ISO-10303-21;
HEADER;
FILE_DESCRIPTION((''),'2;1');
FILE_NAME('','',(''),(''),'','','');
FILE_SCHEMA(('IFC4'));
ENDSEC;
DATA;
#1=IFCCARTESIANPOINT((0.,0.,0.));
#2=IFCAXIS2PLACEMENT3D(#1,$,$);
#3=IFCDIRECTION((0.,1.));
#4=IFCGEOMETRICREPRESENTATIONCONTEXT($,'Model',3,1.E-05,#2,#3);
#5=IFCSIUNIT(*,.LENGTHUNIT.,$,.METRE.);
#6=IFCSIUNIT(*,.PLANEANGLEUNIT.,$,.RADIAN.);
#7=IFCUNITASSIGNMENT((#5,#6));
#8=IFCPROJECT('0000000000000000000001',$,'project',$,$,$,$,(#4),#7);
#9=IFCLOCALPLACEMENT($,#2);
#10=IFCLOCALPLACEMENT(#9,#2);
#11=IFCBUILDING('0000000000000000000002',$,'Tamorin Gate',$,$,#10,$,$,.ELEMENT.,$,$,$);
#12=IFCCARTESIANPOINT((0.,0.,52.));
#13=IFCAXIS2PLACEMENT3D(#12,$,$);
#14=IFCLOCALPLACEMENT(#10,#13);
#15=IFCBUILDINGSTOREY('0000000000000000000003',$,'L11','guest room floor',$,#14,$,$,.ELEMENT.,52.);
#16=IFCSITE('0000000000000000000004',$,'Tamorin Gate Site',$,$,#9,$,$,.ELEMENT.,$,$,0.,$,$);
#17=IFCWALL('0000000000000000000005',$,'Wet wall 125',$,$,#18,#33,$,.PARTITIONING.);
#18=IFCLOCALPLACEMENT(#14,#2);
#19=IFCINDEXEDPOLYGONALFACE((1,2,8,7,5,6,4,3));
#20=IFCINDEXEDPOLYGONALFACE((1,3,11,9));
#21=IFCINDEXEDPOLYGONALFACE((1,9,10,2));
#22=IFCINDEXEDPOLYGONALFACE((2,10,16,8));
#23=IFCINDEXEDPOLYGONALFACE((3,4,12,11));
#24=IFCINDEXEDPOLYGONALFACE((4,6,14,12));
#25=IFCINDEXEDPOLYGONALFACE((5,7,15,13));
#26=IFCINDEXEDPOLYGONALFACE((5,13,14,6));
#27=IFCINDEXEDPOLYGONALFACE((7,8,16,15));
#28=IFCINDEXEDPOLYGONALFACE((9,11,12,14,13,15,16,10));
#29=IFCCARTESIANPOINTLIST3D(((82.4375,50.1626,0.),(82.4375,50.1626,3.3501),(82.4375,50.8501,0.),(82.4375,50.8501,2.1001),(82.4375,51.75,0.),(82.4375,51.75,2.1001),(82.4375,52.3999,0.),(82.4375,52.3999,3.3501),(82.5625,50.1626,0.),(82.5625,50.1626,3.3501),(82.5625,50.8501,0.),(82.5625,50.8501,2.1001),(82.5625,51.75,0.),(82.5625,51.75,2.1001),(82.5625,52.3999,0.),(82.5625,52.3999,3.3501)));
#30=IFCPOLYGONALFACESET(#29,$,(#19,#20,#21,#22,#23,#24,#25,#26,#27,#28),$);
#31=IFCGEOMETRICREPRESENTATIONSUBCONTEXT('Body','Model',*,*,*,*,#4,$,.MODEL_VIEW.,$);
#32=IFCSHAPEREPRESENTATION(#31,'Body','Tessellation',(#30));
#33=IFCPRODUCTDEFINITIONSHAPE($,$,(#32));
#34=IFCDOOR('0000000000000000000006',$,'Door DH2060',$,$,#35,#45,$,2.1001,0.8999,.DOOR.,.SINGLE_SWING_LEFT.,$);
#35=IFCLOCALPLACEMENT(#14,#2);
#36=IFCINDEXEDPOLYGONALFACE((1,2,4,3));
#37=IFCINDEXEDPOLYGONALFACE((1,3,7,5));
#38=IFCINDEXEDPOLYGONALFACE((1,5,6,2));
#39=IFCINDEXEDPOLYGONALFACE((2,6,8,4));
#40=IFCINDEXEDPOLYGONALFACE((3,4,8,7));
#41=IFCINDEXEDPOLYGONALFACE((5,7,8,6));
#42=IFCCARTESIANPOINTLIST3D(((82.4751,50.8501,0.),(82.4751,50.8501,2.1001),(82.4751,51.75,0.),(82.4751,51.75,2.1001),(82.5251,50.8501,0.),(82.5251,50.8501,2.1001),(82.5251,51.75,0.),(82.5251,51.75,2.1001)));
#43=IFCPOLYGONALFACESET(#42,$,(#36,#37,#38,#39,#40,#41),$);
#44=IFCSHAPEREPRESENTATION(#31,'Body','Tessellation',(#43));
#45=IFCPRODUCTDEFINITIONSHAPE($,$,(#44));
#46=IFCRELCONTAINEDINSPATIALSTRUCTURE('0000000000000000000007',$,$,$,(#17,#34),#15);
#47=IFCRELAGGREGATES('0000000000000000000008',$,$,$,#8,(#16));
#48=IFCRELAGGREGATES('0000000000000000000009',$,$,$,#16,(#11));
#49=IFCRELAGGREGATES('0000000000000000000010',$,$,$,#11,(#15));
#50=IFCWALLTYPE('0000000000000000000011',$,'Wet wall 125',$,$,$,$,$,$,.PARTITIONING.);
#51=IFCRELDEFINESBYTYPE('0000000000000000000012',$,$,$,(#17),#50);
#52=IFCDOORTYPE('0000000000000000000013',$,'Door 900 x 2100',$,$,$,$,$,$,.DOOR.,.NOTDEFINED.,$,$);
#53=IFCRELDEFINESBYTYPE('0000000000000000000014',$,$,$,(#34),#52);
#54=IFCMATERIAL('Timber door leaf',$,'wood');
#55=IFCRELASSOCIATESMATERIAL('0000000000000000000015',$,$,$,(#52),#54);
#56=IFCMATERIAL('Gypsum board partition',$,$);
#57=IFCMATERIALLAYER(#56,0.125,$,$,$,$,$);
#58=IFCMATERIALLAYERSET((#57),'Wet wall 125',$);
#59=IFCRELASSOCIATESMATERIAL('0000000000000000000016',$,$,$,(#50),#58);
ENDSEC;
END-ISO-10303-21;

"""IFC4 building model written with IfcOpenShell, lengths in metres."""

from ifc_helpers import new_model, si_unit, direction, frame, frame_2d, origin, place, context, subcontext, project, spatial, rectangle, extrude, material, layer, layer_set, type_object, element, fill, save


model = new_model("IFC4")

# Units and contexts
model_context = context("Model", 3, precision=1e-05, world=origin(), true_north=direction((0.0, 1.0)))
body_context = subcontext(model_context, "Body", "Model", "MODEL_VIEW")
ifc_project = project(units=[si_unit("LENGTHUNIT", "METRE"), si_unit("PLANEANGLEUNIT", "RADIAN")], contexts=[model_context])

# Site, building, storey
site_placement = place(None, origin())
site = spatial("IfcSite", under=ifc_project, at=site_placement, Name="Tamorin Gate Site", CompositionType="ELEMENT", RefElevation=0.0)
building_placement = place(site_placement, origin())
building = spatial("IfcBuilding", under=site, at=building_placement, Name="Tamorin Gate", CompositionType="ELEMENT")
storey_placement = place(building_placement, frame((0.0, 0.0, 52.0)))
storey = spatial("IfcBuildingStorey", under=building, at=storey_placement, Name="L11", Description="guest room floor", CompositionType="ELEMENT", Elevation=52.0)

# Wall, opening, door
ifc_material_1 = material(Name="Gypsum board partition")
ifc_material_2 = material(Name="Timber door leaf", Category="wood")
door_type = type_object("IfcDoorType", Name="Door 900 x 2100", OperationType="NOTDEFINED", PredefinedType="DOOR", material=ifc_material_2)
ifc_layer_1 = layer(ifc_material_1, 0.125)
ifc_layer_set_1 = layer_set([ifc_layer_1], Name="Wet wall 125")
wall_type_1 = type_object("IfcWallType", Name="Wet wall 125", PredefinedType="PARTITIONING", material=ifc_layer_set_1)
wall_1_placement = place(storey_placement, frame((82.5, 50.1626, 0.0), z_axis=(0.0, 0.0, 1.0), x_axis=(0.0, 1.0, 0.0)))
wall_1 = element("IfcWall", 1, at=wall_1_placement, inside=storey, type_object=wall_type_1, Name="Wet wall 125", PredefinedType="PARTITIONING", context=body_context, shape_type="SweptSolid", body=[
    extrude(rectangle(XDim=2.2373, YDim=0.125, at=frame_2d((1.1187, 0.0))), origin(), (0.0, 0.0, 1.0), 3.3501),
])
opening_1_placement = place(wall_1_placement, frame((0.6875, 0.0, 0.0)))
opening_1 = element("IfcOpeningElement", 2, at=opening_1_placement, cuts=wall_1, PredefinedType="OPENING", context=body_context, shape_type="SweptSolid", body=[
    extrude(rectangle(XDim=0.8999, YDim=2.1001, at=frame_2d((0.45, 1.05))), frame((0.0, 0.0725, 0.0), z_axis=(0.0, -1.0, 0.0), x_axis=(1.0, 0.0, 0.0)), (0.0, 0.0, 1.0), 0.145),
])
door_1_placement = place(opening_1_placement, origin())
door_1 = element("IfcDoor", 3, at=door_1_placement, inside=storey, type_object=door_type, Name="Door DH2060", OperationType="SINGLE_SWING_LEFT", OverallHeight=2.1001, OverallWidth=0.8999, PredefinedType="DOOR", context=body_context, shape_type="SweptSolid", body=[
    extrude(rectangle(XDim=0.8999, YDim=2.1001, at=frame_2d((0.45, 1.05))), frame((0.0, 0.0249, 0.0), z_axis=(0.0, -1.0, 0.0), x_axis=(1.0, 0.0, 0.0)), (0.0, 0.0, 1.0), 0.05),
])
fill(opening_1, door_1)

save(model, "model.ifc")
